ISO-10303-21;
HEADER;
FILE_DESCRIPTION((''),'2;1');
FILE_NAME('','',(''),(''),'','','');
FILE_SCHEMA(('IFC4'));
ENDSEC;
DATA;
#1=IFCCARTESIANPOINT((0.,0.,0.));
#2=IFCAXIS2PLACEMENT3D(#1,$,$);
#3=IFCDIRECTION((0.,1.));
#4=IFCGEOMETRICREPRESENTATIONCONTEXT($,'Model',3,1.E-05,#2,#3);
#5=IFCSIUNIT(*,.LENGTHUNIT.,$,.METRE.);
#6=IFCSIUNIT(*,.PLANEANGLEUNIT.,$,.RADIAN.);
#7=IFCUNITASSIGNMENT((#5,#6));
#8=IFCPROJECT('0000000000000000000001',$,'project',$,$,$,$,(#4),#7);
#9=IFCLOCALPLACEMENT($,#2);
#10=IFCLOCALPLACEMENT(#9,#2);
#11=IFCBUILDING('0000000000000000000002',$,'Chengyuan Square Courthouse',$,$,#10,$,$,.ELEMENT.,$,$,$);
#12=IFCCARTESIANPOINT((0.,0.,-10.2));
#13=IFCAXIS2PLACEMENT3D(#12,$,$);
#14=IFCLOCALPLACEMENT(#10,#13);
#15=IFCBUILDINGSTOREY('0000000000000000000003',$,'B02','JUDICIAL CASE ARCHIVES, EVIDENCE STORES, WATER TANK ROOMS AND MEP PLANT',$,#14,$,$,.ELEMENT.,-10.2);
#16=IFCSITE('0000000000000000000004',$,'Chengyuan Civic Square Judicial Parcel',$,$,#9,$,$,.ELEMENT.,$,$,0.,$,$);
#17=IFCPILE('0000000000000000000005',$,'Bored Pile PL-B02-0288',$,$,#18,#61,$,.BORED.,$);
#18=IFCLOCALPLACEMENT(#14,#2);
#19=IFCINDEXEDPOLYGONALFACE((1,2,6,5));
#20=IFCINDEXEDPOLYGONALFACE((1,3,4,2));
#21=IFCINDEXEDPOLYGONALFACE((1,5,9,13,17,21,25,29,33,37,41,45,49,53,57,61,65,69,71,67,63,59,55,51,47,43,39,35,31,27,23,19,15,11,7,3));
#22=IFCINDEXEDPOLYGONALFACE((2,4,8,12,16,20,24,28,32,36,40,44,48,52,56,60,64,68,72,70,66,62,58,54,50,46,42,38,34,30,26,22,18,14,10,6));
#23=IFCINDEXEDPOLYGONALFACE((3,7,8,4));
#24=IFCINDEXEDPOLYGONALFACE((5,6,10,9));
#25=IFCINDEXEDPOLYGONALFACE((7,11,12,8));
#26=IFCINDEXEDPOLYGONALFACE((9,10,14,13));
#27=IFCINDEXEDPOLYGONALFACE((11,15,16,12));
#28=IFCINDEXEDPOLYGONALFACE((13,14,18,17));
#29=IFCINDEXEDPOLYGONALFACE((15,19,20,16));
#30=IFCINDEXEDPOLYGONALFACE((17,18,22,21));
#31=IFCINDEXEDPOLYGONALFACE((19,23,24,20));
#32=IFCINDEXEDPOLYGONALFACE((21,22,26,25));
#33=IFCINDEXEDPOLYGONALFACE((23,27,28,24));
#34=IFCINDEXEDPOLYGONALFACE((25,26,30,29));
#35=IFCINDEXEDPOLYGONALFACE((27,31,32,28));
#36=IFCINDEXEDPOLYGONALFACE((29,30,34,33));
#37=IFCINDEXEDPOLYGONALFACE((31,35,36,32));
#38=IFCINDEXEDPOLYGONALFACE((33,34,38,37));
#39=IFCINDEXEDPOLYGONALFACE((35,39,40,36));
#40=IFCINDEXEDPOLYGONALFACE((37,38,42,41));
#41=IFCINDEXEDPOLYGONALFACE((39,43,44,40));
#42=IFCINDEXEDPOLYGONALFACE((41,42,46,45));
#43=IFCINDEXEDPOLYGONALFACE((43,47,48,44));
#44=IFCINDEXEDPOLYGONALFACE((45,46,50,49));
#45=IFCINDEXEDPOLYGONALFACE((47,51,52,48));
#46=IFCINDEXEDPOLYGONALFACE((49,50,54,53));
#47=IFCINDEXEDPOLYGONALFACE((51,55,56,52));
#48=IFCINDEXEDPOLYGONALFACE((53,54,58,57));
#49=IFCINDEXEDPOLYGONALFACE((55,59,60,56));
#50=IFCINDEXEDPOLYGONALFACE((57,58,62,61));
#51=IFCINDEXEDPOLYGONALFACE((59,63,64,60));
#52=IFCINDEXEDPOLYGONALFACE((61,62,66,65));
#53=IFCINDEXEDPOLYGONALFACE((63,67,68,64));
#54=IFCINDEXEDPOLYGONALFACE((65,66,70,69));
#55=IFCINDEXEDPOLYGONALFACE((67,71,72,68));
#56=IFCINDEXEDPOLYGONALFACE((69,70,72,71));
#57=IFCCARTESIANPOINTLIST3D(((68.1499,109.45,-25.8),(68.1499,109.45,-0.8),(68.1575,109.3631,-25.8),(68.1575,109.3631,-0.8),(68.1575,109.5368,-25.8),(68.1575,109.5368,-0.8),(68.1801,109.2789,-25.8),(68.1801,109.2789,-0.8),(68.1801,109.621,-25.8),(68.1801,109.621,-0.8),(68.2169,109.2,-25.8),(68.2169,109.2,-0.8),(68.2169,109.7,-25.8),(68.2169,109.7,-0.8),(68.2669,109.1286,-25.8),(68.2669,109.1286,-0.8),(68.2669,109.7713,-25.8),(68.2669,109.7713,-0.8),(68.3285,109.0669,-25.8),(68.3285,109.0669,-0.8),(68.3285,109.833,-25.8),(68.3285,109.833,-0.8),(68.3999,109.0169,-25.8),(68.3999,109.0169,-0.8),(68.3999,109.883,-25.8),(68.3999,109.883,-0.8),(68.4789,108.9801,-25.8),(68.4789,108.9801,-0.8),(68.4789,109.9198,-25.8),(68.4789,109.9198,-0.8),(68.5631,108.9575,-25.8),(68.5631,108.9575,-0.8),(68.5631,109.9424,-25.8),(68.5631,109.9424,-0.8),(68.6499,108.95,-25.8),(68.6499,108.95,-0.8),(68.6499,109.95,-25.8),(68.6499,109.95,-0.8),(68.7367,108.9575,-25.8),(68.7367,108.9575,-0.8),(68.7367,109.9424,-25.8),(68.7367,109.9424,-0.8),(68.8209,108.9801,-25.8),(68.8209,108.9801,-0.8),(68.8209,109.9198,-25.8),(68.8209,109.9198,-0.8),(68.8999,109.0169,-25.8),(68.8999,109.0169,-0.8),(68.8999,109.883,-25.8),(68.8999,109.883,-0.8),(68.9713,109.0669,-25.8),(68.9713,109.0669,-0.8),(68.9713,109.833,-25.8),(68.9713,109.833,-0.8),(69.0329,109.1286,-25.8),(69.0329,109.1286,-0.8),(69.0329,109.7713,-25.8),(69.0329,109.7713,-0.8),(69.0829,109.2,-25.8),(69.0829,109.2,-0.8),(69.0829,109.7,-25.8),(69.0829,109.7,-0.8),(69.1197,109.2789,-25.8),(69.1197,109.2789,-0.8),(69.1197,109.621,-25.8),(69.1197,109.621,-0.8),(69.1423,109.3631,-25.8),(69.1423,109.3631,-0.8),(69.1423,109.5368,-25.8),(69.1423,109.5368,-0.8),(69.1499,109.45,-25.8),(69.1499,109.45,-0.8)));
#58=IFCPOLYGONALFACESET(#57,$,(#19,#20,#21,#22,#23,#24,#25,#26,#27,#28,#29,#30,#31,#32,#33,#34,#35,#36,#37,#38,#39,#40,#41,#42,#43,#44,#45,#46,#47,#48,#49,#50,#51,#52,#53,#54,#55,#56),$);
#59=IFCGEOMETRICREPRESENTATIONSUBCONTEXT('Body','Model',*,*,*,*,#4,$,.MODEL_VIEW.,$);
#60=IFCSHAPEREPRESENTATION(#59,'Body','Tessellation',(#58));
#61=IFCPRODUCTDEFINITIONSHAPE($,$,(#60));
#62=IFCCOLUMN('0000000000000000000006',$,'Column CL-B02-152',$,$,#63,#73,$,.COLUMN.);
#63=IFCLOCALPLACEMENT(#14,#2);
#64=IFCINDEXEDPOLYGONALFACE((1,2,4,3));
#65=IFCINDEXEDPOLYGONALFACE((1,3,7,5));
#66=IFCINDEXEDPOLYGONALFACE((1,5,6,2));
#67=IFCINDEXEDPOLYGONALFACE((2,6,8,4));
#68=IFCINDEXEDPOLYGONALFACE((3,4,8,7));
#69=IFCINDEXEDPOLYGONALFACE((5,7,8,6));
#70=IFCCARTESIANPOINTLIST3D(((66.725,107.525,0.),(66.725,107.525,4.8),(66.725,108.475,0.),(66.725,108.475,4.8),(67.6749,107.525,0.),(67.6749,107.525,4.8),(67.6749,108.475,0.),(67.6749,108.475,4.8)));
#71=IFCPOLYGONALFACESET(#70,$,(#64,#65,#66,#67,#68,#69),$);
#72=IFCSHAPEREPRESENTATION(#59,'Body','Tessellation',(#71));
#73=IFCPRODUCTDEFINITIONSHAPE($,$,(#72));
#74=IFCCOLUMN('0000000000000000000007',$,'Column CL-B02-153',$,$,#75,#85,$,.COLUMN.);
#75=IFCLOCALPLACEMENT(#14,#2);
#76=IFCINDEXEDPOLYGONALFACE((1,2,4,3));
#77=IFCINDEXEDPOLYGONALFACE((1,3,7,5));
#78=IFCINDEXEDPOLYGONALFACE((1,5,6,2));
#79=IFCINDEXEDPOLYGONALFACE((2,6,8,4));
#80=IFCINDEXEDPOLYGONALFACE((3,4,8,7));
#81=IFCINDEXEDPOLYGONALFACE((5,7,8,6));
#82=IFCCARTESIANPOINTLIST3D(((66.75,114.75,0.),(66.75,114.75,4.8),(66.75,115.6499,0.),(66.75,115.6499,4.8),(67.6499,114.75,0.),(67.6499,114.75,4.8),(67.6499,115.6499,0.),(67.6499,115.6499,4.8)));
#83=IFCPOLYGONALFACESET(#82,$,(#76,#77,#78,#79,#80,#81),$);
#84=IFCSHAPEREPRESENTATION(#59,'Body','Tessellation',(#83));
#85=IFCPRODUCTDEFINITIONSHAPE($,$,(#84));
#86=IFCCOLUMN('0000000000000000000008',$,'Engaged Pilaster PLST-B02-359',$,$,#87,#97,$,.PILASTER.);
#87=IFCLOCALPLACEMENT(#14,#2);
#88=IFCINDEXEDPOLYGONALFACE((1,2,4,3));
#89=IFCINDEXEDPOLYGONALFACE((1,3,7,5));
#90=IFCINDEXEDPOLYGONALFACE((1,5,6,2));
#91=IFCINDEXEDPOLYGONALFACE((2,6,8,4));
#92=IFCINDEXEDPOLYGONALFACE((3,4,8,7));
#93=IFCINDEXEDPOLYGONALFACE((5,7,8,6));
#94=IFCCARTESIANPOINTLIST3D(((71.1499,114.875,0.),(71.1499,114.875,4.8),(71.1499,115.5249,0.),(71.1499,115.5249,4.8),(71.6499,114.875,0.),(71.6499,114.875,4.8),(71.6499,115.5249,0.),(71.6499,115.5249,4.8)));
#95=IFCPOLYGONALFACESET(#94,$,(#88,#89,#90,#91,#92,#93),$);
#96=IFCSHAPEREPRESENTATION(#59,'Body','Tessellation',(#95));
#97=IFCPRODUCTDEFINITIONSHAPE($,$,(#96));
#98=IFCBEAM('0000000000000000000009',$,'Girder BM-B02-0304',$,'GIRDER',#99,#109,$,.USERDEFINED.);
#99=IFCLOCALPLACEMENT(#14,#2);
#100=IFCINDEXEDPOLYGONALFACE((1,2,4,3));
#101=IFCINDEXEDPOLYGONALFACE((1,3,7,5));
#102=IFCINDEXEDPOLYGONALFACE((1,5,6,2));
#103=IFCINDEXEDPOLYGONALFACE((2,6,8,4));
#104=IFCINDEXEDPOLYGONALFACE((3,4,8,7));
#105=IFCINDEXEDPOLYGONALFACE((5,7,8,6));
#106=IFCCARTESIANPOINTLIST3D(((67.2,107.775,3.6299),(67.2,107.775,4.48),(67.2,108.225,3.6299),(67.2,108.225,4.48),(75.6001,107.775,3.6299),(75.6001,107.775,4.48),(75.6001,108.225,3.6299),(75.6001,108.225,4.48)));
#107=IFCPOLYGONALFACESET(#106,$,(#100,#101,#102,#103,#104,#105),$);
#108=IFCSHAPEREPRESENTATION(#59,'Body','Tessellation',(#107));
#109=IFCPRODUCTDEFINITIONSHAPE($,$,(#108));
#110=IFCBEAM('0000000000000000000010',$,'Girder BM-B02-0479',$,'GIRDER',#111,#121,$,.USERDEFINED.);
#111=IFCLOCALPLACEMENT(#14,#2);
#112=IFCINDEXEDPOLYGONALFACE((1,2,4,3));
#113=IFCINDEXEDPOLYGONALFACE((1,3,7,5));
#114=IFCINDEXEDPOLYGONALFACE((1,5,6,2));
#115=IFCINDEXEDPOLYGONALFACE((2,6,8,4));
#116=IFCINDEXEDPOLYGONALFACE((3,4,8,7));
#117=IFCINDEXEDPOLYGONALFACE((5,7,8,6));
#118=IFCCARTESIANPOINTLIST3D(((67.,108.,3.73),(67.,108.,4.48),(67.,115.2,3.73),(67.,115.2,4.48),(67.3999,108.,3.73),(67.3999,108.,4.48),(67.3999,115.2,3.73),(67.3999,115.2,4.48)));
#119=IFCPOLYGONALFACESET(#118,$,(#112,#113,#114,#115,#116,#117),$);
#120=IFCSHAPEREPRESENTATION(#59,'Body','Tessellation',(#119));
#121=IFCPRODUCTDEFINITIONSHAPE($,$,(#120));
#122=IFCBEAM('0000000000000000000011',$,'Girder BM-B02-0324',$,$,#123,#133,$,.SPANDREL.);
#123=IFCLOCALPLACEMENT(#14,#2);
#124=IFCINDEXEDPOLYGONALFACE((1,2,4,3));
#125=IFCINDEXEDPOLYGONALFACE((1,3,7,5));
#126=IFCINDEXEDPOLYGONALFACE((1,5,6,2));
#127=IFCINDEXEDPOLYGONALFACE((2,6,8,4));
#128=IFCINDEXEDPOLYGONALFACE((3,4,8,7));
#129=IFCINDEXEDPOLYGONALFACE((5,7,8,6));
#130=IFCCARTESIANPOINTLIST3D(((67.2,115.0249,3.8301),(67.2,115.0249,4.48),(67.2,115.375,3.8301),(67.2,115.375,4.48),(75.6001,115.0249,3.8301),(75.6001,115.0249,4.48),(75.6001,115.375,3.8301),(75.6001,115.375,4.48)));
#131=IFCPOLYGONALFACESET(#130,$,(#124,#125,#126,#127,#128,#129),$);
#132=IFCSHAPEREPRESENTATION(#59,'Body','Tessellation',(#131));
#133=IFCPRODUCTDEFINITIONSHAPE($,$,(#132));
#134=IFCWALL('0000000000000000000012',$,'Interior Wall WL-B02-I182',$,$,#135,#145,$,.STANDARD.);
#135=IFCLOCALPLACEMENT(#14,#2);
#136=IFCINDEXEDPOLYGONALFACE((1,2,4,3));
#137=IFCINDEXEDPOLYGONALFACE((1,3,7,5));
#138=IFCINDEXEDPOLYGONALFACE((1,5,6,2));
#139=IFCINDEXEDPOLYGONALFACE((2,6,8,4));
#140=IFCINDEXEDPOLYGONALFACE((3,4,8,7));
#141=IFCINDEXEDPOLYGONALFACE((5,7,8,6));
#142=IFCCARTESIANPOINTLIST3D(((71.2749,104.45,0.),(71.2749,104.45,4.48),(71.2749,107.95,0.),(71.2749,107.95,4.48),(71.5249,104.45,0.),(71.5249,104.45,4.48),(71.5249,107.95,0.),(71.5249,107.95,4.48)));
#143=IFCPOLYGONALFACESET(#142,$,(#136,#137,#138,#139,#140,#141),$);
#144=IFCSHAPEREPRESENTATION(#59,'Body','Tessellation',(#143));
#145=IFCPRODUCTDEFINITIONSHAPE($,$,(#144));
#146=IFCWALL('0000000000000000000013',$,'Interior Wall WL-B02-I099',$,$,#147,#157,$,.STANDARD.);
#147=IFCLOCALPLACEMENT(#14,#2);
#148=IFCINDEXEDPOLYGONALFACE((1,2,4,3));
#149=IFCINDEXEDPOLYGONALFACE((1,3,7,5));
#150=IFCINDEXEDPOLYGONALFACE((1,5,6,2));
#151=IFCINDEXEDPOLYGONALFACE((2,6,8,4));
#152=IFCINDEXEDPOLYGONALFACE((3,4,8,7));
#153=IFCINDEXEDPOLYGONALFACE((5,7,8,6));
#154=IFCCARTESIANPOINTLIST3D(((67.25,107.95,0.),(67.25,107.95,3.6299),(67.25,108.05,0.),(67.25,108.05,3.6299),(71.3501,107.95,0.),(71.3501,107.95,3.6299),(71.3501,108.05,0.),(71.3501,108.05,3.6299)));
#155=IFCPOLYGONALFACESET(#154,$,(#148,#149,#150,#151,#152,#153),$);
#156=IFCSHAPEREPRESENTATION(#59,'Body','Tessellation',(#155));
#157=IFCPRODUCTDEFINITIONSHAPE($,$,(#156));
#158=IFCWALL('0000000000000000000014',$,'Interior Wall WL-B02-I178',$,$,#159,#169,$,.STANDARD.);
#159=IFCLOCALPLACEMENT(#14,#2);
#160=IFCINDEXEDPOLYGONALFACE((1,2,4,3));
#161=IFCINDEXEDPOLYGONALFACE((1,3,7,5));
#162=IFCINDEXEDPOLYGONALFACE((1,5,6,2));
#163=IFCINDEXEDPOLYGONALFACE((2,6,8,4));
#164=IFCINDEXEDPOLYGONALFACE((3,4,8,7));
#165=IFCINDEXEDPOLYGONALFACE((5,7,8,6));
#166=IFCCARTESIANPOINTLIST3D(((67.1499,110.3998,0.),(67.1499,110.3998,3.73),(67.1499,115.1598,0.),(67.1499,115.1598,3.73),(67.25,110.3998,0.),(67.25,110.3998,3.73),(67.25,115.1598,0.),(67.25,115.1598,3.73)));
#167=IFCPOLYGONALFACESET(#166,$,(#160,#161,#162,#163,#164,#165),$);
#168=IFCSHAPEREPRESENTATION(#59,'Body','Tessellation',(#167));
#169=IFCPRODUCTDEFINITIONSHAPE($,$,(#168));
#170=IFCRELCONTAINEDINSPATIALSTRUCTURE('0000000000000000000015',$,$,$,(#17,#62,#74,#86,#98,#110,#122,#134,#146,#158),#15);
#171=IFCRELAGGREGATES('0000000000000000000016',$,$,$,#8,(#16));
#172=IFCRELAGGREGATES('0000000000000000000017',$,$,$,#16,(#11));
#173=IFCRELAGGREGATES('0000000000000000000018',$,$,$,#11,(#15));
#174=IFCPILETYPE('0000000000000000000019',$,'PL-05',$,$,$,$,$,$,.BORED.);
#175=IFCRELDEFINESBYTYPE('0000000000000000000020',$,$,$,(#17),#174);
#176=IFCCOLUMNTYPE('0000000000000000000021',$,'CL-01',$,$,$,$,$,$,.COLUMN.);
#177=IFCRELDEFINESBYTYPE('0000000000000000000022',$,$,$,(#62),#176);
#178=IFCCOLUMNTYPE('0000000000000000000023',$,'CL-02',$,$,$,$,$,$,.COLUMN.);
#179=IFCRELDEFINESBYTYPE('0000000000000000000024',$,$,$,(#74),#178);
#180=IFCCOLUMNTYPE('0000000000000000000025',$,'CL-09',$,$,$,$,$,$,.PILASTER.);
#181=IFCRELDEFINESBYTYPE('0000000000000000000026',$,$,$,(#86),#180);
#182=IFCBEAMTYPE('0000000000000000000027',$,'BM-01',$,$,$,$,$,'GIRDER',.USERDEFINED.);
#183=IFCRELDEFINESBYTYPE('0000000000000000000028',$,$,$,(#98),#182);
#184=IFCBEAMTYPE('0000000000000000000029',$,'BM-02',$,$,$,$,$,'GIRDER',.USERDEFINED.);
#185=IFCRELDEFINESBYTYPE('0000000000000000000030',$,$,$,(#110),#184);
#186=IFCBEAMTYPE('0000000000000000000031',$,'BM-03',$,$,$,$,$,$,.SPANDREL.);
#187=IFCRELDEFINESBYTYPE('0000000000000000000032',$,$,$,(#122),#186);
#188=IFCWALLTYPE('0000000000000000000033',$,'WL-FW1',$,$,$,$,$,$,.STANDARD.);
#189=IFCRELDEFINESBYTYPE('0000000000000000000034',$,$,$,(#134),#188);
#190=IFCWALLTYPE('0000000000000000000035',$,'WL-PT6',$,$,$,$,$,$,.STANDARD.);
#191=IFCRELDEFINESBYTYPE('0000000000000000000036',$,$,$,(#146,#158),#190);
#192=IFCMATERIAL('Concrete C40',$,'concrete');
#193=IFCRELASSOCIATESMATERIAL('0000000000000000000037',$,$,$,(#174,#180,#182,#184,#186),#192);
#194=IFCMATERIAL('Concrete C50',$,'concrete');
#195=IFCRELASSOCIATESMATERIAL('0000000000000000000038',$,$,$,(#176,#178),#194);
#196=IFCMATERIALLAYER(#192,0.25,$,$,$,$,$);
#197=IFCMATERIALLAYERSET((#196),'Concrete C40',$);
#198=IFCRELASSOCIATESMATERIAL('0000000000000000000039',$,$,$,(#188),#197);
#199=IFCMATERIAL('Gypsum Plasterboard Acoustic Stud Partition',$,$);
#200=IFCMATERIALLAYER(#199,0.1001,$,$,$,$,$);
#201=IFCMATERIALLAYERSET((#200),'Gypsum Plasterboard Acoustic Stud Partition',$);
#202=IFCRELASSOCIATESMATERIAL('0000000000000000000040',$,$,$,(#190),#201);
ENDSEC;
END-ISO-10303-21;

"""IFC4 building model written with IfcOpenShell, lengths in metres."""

from ifc_helpers import new_model, si_unit, direction, frame, frame_2d, origin, origin_2d, place, context, subcontext, project, spatial, rectangle, circle, extrude, material, layer, layer_set, material_profile, profile_set, type_object, element, save


model = new_model("IFC4")

# Units and contexts
model_context = context("Model", 3, precision=1e-05, world=origin(), true_north=direction((0.0, 1.0)))
body_context = subcontext(model_context, "Body", "Model", "MODEL_VIEW")
ifc_project = project(units=[si_unit("LENGTHUNIT", "METRE"), si_unit("PLANEANGLEUNIT", "RADIAN")], contexts=[model_context])

# Site, building, storey
site_placement = place(None, origin())
site = spatial("IfcSite", under=ifc_project, at=site_placement, Name="Chengyuan Civic Square Judicial Parcel", CompositionType="ELEMENT", RefElevation=0.0)
building_placement = place(site_placement, origin())
building = spatial("IfcBuilding", under=site, at=building_placement, Name="Chengyuan Square Courthouse", CompositionType="ELEMENT")
storey_placement = place(building_placement, frame((0.0, 0.0, -10.2)))
storey = spatial("IfcBuildingStorey", under=building, at=storey_placement, Name="B02", Description="JUDICIAL CASE ARCHIVES, EVIDENCE STORES, WATER TANK ROOMS AND MEP PLANT", CompositionType="ELEMENT", Elevation=-10.2)

# Shared definitions
ifc_material_1 = material(Name="Concrete C40", Category="concrete")

# Pile
ifc_material_profile_1 = material_profile(ifc_material_1, circle(Radius=0.5, at=origin_2d()), Name="BORED PILE D1000")
ifc_profile_set_1 = profile_set([ifc_material_profile_1], Name="Concrete C40")
pile_type_1 = type_object("IfcPileType", Name="PL-05", PredefinedType="BORED", material=ifc_profile_set_1)
for number, where, z_axis, x_axis, name in (
    (1, (68.6499, 109.45, -0.8), (0.0, 0.0, -1.0), (1.0, 0.0, 0.0), "Bored Pile PL-B02-0288"),
):
    element("IfcPile", number, at=place(storey_placement, frame(where, z_axis=z_axis, x_axis=x_axis)), inside=storey, type_object=pile_type_1, Name=name, PredefinedType="BORED", context=body_context, shape_type="SweptSolid", body=[
        extrude(circle(Radius=0.5, at=origin_2d()), origin(), (0.0, 0.0, 1.0), 25.0),
    ])

# Columns
ifc_material_2 = material(Name="Concrete C50", Category="concrete")
ifc_material_profile_2 = material_profile(ifc_material_2, rectangle(XDim=0.95, YDim=0.95, at=origin_2d()), Name="RC-COL-950x950")
ifc_profile_set_2 = profile_set([ifc_material_profile_2], Name="Concrete C50")
column_type_1 = type_object("IfcColumnType", Name="CL-01", PredefinedType="COLUMN", material=ifc_profile_set_2)
column_1_placement = place(storey_placement, frame((67.2, 108.0, 0.0), z_axis=(0.0, 0.0, 1.0), x_axis=(1.0, 0.0, 0.0)))
element("IfcColumn", 2, at=column_1_placement, inside=storey, type_object=column_type_1, Name="Column CL-B02-152", PredefinedType="COLUMN", context=body_context, shape_type="SweptSolid", body=[
    extrude(rectangle(XDim=0.95, YDim=0.95, at=origin_2d()), origin(), (0.0, 0.0, 1.0), 4.8),
])
ifc_material_profile_3 = material_profile(ifc_material_2, rectangle(XDim=0.8999, YDim=0.8999, at=origin_2d()), Name="RC-COL-900x900")
ifc_profile_set_3 = profile_set([ifc_material_profile_3], Name="Concrete C50")
column_type_2 = type_object("IfcColumnType", Name="CL-02", PredefinedType="COLUMN", material=ifc_profile_set_3)
column_2_placement = place(storey_placement, frame((67.2, 115.2, 0.0), z_axis=(0.0, 0.0, 1.0), x_axis=(1.0, 0.0, 0.0)))
element("IfcColumn", 3, at=column_2_placement, inside=storey, type_object=column_type_2, Name="Column CL-B02-153", PredefinedType="COLUMN", context=body_context, shape_type="SweptSolid", body=[
    extrude(rectangle(XDim=0.8999, YDim=0.8999, at=origin_2d()), origin(), (0.0, 0.0, 1.0), 4.8),
])
ifc_material_profile_4 = material_profile(ifc_material_1, rectangle(XDim=0.5, YDim=0.6499, at=origin_2d()), Name="RC-PIL-500x650")
ifc_profile_set_4 = profile_set([ifc_material_profile_4], Name="Concrete C40")
column_type_3 = type_object("IfcColumnType", Name="CL-09", PredefinedType="PILASTER", material=ifc_profile_set_4)
column_3_placement = place(storey_placement, frame((71.3999, 115.2, 0.0), z_axis=(0.0, 0.0, 1.0), x_axis=(1.0, 0.0, 0.0)))
element("IfcColumn", 4, at=column_3_placement, inside=storey, type_object=column_type_3, Name="Engaged Pilaster PLST-B02-359", PredefinedType="PILASTER", context=body_context, shape_type="SweptSolid", body=[
    extrude(rectangle(XDim=0.5, YDim=0.6499, at=origin_2d()), origin(), (0.0, 0.0, 1.0), 4.8),
])

# Beams
ifc_material_profile_5 = material_profile(ifc_material_1, rectangle(XDim=0.45, YDim=0.8501, at=origin_2d()), Name="RC-BM-450x850")
ifc_profile_set_5 = profile_set([ifc_material_profile_5], Name="Concrete C40")
beam_type_1 = type_object("IfcBeamType", Name="BM-01", ElementType="GIRDER", PredefinedType="USERDEFINED", material=ifc_profile_set_5)
beam_1_placement = place(storey_placement, frame((67.2, 108.0, 4.0549), z_axis=(1.0, 0.0, 0.0), x_axis=(0.0, 1.0, 0.0)))
element("IfcBeam", 5, at=beam_1_placement, inside=storey, type_object=beam_type_1, Name="Girder BM-B02-0304", ObjectType="GIRDER", PredefinedType="USERDEFINED", context=body_context, shape_type="SweptSolid", body=[
    extrude(rectangle(XDim=0.45, YDim=0.8501, at=origin_2d()), origin(), (0.0, 0.0, 1.0), 8.4001),
])
ifc_material_profile_6 = material_profile(ifc_material_1, rectangle(XDim=0.3999, YDim=0.75, at=origin_2d()), Name="RC-BM-400x750")
ifc_profile_set_6 = profile_set([ifc_material_profile_6], Name="Concrete C40")
beam_type_2 = type_object("IfcBeamType", Name="BM-02", ElementType="GIRDER", PredefinedType="USERDEFINED", material=ifc_profile_set_6)
beam_2_placement = place(storey_placement, frame((67.2, 108.0, 4.105), z_axis=(0.0, 1.0, 0.0), x_axis=(-1.0, 0.0, 0.0)))
element("IfcBeam", 6, at=beam_2_placement, inside=storey, type_object=beam_type_2, Name="Girder BM-B02-0479", ObjectType="GIRDER", PredefinedType="USERDEFINED", context=body_context, shape_type="SweptSolid", body=[
    extrude(rectangle(XDim=0.3999, YDim=0.75, at=origin_2d()), origin(), (0.0, 0.0, 1.0), 7.2),
])
ifc_material_profile_7 = material_profile(ifc_material_1, rectangle(XDim=0.3501, YDim=0.6499, at=origin_2d()), Name="RC-BM-350x650")
ifc_profile_set_7 = profile_set([ifc_material_profile_7], Name="Concrete C40")
beam_type_3 = type_object("IfcBeamType", Name="BM-03", PredefinedType="SPANDREL", material=ifc_profile_set_7)
beam_3_placement = place(storey_placement, frame((67.2, 115.2, 4.155), z_axis=(1.0, 0.0, 0.0), x_axis=(0.0, 1.0, 0.0)))
element("IfcBeam", 7, at=beam_3_placement, inside=storey, type_object=beam_type_3, Name="Girder BM-B02-0324", PredefinedType="SPANDREL", context=body_context, shape_type="SweptSolid", body=[
    extrude(rectangle(XDim=0.3501, YDim=0.6499, at=origin_2d()), origin(), (0.0, 0.0, 1.0), 8.4001),
])

# Shared definitions
ifc_layer_1 = layer(ifc_material_1, 0.25)
ifc_layer_set_1 = layer_set([ifc_layer_1], Name="Concrete C40")
wall_type_1 = type_object("IfcWallType", Name="WL-FW1", PredefinedType="STANDARD", material=ifc_layer_set_1)

# Walls
wall_1_placement = place(storey_placement, frame((71.3999, 104.45, 0.0), z_axis=(0.0, 0.0, 1.0), x_axis=(0.0, 1.0, 0.0)))
element("IfcWall", 8, at=wall_1_placement, inside=storey, type_object=wall_type_1, Name="Interior Wall WL-B02-I182", PredefinedType="STANDARD", context=body_context, shape_type="SweptSolid", body=[
    extrude(rectangle(XDim=3.5, YDim=0.25, at=frame_2d((1.75, 0.0))), origin(), (0.0, 0.0, 1.0), 4.48),
])
ifc_material_3 = material(Name="Gypsum Plasterboard Acoustic Stud Partition")
ifc_layer_2 = layer(ifc_material_3, 0.1001)
ifc_layer_set_2 = layer_set([ifc_layer_2], Name="Gypsum Plasterboard Acoustic Stud Partition")
wall_type_2 = type_object("IfcWallType", Name="WL-PT6", PredefinedType="STANDARD", material=ifc_layer_set_2)
wall_2_placement = place(storey_placement, frame((67.25, 108.0, 0.0), z_axis=(0.0, 0.0, 1.0), x_axis=(1.0, 0.0, 0.0)))
element("IfcWall", 9, at=wall_2_placement, inside=storey, type_object=wall_type_2, Name="Interior Wall WL-B02-I099", PredefinedType="STANDARD", context=body_context, shape_type="SweptSolid", body=[
    extrude(rectangle(XDim=4.1001, YDim=0.1001, at=frame_2d((2.05, 0.0))), origin(), (0.0, 0.0, 1.0), 3.6299),
])
wall_3_placement = place(storey_placement, frame((67.2, 110.3999, 0.0), z_axis=(0.0, 0.0, 1.0), x_axis=(0.0, 1.0, 0.0)))
element("IfcWall", 10, at=wall_3_placement, inside=storey, type_object=wall_type_2, Name="Interior Wall WL-B02-I178", PredefinedType="STANDARD", context=body_context, shape_type="SweptSolid", body=[
    extrude(rectangle(XDim=4.76, YDim=0.1001, at=frame_2d((2.3799, 0.0))), origin(), (0.0, 0.0, 1.0), 3.73),
])

save(model, "model.ifc")
